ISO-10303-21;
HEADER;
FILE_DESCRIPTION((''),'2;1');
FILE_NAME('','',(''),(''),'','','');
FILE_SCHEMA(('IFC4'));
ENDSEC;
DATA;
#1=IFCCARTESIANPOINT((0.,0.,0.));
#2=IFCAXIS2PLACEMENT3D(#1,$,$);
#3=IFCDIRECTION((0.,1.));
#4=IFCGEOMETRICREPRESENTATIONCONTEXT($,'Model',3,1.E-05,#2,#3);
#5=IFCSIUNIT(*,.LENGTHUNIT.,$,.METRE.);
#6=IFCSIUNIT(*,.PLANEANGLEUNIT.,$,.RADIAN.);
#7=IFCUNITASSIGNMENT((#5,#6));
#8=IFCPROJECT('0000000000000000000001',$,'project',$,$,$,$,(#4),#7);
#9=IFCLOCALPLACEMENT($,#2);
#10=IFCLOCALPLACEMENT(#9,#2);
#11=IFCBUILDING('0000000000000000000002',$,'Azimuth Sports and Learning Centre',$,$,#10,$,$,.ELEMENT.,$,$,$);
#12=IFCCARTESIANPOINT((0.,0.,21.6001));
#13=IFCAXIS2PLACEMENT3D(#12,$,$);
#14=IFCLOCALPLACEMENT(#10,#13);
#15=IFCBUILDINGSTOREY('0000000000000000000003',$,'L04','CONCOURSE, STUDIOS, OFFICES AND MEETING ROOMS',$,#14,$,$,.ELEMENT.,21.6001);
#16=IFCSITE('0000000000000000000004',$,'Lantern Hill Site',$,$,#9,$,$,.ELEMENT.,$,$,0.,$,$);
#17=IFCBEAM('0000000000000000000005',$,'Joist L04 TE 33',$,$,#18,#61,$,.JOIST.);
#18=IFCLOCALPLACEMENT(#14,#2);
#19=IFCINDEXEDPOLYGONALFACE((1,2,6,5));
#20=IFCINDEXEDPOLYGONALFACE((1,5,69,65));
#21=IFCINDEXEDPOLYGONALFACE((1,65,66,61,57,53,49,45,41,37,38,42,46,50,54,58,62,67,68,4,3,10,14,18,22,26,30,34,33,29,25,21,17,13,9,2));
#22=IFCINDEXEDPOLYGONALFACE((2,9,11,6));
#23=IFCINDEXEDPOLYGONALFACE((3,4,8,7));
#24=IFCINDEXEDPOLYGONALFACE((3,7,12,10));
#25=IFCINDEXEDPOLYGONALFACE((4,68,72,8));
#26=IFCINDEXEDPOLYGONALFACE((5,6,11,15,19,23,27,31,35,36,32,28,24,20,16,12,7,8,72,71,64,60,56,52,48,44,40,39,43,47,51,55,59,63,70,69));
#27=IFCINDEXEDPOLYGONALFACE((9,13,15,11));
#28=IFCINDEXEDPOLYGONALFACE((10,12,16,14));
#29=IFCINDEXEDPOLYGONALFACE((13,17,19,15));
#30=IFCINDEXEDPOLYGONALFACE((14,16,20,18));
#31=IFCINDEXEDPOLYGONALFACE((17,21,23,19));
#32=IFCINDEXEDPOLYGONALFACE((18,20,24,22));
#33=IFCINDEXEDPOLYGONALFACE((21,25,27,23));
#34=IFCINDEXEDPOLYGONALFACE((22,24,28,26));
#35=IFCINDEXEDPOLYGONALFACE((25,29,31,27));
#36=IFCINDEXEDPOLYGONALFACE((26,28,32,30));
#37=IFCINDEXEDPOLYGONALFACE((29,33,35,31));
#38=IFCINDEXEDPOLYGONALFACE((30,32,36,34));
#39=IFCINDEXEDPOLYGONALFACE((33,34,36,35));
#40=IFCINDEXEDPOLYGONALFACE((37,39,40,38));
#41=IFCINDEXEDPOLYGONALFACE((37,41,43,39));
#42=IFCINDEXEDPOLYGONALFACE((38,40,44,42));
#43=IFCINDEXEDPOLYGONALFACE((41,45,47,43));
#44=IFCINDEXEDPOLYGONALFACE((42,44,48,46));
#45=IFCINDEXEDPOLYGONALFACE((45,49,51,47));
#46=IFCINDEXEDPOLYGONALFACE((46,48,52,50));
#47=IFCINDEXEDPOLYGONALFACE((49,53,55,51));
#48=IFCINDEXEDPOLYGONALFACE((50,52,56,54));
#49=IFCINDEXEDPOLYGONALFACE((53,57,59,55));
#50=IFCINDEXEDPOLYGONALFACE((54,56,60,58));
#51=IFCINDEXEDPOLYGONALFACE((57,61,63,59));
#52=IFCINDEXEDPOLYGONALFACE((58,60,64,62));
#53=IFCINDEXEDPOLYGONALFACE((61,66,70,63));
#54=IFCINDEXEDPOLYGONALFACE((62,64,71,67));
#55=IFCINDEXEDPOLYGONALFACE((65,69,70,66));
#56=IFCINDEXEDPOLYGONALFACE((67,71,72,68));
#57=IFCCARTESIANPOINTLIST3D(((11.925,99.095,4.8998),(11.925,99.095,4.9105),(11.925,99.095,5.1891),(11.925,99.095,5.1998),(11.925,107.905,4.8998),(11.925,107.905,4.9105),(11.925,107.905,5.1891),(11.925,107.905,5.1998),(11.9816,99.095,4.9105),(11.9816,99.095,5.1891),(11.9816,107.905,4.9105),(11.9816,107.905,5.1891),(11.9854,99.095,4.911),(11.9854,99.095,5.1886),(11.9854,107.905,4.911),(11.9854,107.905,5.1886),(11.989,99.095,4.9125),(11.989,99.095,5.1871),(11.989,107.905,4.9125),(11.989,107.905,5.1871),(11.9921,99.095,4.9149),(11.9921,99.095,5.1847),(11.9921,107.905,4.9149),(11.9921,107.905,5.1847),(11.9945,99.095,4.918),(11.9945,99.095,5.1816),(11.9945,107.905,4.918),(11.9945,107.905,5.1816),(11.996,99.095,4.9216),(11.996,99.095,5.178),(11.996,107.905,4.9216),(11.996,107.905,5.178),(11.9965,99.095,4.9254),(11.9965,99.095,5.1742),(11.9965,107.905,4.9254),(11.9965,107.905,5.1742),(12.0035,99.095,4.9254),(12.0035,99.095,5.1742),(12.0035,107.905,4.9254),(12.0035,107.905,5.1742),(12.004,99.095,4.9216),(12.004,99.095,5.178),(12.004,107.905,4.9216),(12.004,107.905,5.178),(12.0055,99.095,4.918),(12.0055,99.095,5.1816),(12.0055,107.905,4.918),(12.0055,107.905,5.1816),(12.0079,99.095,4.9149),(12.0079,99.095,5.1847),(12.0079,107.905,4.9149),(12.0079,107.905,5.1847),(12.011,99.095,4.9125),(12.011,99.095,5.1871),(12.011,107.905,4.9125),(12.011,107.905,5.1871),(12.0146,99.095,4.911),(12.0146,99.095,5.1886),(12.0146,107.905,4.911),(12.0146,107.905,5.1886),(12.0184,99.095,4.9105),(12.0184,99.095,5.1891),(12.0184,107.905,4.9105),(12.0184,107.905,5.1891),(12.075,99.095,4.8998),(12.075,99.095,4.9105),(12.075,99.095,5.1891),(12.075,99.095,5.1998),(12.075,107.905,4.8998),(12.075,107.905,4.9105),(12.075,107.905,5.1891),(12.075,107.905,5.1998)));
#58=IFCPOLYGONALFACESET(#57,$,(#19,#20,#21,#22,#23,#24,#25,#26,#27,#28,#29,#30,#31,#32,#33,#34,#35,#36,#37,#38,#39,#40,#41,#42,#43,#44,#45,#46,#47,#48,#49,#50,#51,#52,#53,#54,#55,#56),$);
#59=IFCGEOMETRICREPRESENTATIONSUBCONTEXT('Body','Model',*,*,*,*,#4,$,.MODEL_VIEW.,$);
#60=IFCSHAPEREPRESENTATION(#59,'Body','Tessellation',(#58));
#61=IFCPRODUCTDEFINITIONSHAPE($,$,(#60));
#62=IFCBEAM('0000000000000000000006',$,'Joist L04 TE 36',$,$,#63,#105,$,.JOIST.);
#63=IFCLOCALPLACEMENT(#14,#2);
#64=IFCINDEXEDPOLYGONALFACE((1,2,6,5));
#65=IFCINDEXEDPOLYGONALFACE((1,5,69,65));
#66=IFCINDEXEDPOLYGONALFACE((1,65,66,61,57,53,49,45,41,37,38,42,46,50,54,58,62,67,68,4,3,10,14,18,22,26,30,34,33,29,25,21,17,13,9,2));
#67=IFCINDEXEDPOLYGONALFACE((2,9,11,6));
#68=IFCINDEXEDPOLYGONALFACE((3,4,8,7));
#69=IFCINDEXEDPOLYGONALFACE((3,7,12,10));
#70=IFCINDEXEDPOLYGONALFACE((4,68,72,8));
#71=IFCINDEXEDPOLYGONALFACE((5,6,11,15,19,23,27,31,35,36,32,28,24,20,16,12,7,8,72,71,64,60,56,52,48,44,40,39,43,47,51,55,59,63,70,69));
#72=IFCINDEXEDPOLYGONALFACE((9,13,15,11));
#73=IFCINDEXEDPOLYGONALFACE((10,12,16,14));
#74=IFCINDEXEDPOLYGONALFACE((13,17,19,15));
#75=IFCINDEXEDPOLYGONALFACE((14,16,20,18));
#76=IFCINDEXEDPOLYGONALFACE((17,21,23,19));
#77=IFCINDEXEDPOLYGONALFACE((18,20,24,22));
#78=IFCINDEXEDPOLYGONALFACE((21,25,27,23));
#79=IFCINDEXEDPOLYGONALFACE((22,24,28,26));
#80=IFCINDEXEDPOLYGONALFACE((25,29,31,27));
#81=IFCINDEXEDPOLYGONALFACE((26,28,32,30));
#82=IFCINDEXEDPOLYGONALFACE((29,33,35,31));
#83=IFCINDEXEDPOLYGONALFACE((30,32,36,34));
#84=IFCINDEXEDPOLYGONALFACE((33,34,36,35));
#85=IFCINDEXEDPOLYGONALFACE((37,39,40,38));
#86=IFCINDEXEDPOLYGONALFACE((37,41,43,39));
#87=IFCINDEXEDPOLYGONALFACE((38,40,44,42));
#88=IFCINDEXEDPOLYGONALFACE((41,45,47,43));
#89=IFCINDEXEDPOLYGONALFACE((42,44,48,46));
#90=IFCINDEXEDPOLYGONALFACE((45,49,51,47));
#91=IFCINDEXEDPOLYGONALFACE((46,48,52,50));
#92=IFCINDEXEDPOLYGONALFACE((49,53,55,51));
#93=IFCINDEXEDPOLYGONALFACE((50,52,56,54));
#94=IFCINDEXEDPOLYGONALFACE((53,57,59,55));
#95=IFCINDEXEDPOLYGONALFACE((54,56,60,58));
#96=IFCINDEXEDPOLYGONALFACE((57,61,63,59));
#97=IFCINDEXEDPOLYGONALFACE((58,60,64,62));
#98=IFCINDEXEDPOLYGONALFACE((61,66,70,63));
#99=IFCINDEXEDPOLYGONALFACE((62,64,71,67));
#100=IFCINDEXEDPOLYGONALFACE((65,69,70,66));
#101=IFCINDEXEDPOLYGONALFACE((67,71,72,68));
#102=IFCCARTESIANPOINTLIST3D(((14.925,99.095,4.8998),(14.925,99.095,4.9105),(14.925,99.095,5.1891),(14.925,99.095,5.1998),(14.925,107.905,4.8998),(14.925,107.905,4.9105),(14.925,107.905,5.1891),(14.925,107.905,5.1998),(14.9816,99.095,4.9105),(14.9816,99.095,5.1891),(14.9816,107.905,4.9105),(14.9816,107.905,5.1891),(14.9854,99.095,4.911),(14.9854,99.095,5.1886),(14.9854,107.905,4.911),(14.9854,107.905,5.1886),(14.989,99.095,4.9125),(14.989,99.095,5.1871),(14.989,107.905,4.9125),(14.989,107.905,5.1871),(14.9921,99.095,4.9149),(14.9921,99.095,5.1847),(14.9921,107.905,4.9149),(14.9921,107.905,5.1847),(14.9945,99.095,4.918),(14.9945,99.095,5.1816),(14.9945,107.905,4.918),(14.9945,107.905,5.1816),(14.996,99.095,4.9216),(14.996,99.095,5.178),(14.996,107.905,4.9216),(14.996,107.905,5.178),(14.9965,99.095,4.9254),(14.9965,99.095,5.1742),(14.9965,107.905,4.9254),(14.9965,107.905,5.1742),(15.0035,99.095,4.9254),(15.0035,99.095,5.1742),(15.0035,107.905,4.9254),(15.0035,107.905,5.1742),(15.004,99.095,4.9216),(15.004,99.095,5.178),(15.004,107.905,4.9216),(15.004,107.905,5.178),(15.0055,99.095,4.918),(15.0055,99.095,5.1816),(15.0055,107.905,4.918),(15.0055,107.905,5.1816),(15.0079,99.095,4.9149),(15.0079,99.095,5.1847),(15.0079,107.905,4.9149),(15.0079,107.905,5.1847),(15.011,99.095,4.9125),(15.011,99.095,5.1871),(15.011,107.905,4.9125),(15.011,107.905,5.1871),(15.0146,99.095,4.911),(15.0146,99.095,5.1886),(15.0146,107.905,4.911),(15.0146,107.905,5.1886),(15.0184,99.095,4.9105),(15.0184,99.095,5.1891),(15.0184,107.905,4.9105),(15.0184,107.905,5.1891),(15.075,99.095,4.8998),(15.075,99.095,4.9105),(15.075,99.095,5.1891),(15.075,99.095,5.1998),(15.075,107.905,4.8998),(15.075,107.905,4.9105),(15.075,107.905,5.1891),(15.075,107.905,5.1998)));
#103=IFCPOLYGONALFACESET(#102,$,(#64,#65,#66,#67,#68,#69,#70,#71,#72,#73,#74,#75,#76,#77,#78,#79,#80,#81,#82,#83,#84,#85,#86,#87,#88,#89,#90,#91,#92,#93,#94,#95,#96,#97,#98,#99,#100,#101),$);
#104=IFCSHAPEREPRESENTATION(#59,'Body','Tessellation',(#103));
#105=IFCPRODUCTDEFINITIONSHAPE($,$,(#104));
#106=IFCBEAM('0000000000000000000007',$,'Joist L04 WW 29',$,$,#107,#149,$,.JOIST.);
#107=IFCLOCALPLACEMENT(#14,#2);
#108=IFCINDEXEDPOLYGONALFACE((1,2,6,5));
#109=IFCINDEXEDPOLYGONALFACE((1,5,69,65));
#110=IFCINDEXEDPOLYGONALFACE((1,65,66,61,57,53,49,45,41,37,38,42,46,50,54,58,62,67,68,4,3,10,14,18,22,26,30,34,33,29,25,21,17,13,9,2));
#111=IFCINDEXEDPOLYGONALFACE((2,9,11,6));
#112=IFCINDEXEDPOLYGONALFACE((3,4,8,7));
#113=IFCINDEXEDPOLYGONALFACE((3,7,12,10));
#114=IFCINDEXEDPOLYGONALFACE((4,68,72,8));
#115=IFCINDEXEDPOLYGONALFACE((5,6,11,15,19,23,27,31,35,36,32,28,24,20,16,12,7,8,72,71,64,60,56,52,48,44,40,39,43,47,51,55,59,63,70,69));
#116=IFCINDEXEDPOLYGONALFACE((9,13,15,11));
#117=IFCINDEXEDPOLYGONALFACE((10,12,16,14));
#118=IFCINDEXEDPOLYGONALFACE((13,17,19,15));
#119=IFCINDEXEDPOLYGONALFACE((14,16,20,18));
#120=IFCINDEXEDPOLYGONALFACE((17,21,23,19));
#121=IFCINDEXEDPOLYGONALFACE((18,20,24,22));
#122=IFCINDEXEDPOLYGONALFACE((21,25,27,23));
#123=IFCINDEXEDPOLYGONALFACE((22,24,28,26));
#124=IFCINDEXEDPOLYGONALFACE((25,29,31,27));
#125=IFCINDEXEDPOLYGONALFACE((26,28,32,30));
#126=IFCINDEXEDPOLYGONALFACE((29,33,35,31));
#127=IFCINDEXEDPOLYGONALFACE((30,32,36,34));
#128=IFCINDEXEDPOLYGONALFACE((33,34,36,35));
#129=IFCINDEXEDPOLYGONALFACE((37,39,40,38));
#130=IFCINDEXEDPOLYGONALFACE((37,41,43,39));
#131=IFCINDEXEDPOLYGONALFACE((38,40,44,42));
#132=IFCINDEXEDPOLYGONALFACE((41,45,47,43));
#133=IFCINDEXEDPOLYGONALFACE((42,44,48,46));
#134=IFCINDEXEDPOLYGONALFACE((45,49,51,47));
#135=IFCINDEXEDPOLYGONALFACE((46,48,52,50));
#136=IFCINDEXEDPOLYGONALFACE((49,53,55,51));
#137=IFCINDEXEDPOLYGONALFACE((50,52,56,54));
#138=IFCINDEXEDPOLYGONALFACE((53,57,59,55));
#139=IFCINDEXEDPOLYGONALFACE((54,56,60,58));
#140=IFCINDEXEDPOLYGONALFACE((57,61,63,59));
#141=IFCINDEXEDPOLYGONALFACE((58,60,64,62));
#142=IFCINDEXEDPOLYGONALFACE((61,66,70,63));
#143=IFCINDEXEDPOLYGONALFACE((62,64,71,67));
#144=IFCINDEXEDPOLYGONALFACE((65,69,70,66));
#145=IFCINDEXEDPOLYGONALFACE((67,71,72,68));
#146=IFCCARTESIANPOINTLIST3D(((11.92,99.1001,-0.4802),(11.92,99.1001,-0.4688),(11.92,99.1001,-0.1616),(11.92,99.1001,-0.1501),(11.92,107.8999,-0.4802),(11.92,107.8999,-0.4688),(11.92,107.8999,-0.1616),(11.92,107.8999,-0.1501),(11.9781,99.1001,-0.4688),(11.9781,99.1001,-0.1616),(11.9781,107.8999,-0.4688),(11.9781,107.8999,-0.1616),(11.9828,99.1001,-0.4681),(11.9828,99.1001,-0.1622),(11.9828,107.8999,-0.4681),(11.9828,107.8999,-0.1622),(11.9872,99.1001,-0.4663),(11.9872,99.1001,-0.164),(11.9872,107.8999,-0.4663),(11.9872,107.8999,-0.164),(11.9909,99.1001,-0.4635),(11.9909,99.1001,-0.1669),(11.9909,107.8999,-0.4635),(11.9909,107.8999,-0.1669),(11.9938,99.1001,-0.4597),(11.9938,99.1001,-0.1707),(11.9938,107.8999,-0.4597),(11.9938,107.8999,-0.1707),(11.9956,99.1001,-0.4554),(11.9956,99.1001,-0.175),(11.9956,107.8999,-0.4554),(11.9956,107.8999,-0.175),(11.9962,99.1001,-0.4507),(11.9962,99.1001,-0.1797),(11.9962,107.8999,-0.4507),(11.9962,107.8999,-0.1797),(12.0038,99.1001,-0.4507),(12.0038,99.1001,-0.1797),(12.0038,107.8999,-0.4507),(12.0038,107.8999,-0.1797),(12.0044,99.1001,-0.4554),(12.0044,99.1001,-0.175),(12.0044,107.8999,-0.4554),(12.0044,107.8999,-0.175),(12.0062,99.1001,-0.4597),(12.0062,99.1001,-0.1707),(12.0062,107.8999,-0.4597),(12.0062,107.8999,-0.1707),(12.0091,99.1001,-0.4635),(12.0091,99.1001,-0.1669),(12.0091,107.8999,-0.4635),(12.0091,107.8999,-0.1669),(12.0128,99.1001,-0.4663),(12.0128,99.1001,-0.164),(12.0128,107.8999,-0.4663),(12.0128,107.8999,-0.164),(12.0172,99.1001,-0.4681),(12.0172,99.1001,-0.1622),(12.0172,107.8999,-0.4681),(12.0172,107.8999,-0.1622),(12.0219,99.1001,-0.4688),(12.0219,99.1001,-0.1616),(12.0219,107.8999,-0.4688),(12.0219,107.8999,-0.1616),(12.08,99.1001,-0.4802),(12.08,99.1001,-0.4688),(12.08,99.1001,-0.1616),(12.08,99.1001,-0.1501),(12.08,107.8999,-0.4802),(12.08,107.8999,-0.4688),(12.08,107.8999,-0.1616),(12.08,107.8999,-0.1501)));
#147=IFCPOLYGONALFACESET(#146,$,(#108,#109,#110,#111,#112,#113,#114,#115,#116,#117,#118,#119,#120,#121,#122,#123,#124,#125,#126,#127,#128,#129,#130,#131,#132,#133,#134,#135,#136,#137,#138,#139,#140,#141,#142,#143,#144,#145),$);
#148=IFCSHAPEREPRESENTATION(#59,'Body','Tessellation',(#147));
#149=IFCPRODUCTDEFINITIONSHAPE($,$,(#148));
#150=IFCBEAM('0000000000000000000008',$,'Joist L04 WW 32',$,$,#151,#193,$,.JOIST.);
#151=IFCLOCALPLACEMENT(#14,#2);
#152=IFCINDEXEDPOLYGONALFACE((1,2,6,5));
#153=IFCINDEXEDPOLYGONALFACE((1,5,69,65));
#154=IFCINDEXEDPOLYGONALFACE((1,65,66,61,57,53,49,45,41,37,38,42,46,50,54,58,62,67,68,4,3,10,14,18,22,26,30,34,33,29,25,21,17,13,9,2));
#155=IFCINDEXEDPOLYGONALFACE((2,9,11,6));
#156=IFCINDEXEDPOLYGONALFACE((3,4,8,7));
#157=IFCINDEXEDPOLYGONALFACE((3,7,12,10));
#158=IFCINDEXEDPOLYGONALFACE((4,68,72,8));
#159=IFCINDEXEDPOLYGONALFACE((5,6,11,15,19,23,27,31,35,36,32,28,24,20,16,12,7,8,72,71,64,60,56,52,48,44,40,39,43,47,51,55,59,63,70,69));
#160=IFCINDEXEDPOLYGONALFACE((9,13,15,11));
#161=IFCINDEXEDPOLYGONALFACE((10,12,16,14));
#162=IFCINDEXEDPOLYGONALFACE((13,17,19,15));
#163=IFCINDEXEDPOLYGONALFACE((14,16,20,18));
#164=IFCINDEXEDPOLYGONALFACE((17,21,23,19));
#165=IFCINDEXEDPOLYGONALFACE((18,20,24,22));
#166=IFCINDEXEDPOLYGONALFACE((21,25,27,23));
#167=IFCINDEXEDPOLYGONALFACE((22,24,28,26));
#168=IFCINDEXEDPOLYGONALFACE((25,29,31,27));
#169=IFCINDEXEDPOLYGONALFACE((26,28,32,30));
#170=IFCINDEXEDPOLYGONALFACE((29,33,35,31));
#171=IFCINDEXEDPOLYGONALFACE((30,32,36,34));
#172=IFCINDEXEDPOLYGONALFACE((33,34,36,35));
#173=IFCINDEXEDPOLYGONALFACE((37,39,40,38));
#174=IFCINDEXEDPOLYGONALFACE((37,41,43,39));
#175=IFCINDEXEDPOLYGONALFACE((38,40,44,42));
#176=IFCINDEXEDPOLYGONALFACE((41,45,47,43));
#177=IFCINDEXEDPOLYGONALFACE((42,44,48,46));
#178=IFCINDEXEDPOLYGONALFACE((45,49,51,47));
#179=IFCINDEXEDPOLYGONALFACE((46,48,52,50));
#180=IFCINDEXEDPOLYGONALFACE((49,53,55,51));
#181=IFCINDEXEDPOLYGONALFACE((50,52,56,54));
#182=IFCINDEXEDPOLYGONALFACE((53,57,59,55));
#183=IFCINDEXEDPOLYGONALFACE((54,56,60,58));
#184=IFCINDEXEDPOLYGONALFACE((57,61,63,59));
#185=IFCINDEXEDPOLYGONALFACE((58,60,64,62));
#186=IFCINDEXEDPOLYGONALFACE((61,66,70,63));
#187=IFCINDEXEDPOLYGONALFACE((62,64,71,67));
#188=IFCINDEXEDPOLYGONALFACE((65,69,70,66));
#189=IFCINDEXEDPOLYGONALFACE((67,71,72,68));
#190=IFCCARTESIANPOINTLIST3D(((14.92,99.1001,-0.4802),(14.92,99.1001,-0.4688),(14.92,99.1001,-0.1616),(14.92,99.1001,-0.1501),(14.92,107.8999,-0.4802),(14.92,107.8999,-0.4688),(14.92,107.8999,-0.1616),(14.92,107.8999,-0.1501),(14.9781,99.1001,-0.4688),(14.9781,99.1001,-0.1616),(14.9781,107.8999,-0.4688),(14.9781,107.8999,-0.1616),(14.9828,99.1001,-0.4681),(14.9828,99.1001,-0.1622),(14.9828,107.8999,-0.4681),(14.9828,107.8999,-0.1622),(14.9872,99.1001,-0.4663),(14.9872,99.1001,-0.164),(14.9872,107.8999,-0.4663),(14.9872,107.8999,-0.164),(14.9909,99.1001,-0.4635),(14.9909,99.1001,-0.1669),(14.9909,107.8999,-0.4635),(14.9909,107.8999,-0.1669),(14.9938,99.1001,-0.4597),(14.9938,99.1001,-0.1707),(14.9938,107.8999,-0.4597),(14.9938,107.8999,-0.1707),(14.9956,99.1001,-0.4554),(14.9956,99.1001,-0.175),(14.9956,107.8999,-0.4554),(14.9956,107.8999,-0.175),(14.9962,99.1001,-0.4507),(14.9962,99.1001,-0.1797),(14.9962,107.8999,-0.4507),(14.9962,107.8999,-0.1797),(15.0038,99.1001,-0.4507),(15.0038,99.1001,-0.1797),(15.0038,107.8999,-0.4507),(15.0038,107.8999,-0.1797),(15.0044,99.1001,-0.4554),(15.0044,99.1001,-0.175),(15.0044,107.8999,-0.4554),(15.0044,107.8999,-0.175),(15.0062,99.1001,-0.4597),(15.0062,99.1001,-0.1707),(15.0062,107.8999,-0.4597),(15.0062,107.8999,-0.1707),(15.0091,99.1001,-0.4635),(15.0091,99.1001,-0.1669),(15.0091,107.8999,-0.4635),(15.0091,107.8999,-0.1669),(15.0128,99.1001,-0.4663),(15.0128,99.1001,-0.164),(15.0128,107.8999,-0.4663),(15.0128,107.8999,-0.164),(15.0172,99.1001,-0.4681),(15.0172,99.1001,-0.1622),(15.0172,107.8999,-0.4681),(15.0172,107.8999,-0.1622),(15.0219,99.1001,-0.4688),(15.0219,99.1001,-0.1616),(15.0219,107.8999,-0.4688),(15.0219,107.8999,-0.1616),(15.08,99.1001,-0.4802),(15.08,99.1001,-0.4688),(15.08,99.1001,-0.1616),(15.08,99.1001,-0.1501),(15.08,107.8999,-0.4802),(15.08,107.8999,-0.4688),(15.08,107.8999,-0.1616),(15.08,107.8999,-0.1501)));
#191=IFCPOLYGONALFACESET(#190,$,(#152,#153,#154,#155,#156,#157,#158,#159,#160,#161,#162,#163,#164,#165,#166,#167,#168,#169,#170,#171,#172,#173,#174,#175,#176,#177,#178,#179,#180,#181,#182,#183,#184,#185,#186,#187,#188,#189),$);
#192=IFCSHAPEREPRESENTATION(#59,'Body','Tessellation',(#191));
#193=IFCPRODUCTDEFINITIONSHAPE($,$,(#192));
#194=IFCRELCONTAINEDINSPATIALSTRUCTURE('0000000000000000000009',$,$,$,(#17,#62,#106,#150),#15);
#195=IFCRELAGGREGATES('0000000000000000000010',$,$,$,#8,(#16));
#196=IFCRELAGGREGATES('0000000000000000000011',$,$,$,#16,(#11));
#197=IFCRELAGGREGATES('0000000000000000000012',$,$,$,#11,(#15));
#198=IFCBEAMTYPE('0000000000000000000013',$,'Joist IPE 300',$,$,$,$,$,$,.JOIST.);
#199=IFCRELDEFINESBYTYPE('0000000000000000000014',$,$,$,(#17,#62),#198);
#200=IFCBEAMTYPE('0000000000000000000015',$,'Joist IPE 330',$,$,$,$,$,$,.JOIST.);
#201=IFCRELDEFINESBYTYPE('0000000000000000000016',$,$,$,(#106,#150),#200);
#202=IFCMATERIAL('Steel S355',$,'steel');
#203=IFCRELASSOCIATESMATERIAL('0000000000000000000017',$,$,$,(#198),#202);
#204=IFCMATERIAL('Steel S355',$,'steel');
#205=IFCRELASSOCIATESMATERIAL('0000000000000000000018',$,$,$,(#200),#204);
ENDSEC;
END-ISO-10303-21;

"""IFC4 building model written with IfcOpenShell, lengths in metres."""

from ifc_helpers import new_model, si_unit, direction, frame, origin, origin_2d, place, context, subcontext, project, spatial, i_section, extrude, material, material_profile, profile_set, type_object, element, save


model = new_model("IFC4")

# Units and contexts
model_context = context("Model", 3, precision=1e-05, world=origin(), true_north=direction((0.0, 1.0)))
body_context = subcontext(model_context, "Body", "Model", "MODEL_VIEW")
ifc_project = project(units=[si_unit("LENGTHUNIT", "METRE"), si_unit("PLANEANGLEUNIT", "RADIAN")], contexts=[model_context])

# Site, building, storey
site_placement = place(None, origin())
site = spatial("IfcSite", under=ifc_project, at=site_placement, Name="Lantern Hill Site", CompositionType="ELEMENT", RefElevation=0.0)
building_placement = place(site_placement, origin())
building = spatial("IfcBuilding", under=site, at=building_placement, Name="Azimuth Sports and Learning Centre", CompositionType="ELEMENT")
storey_placement = place(building_placement, frame((0.0, 0.0, 21.6001)))
storey = spatial("IfcBuildingStorey", under=building, at=storey_placement, Name="L04", Description="CONCOURSE, STUDIOS, OFFICES AND MEETING ROOMS", CompositionType="ELEMENT", Elevation=21.6001)

# Beams
ifc_material_1 = material(Name="Steel S355", Category="steel")
ifc_material_profile_1 = material_profile(ifc_material_1, i_section(OverallWidth=0.1499, OverallDepth=0.3, WebThickness=0.0071, FlangeThickness=0.0107, FilletRadius=0.0149, at=origin_2d()), Name="IPE 300")
ifc_profile_set_1 = profile_set([ifc_material_profile_1], Name="Steel S355")
beam_type_1 = type_object("IfcBeamType", Name="Joist IPE 300", PredefinedType="JOIST", material=ifc_profile_set_1)
for number, where, z_axis, x_axis, name in (
    (1, (12.0, 99.095, 5.0498), (0.0, 1.0, 0.0), (-1.0, 0.0, 0.0), "Joist L04 TE 33"),
    (2, (15.0, 99.095, 5.0498), (0.0, 1.0, 0.0), (-1.0, 0.0, 0.0), "Joist L04 TE 36"),
):
    element("IfcBeam", number, at=place(storey_placement, frame(where, z_axis=z_axis, x_axis=x_axis)), inside=storey, type_object=beam_type_1, Name=name, PredefinedType="JOIST", context=body_context, shape_type="SweptSolid", body=[
        extrude(i_section(OverallWidth=0.1499, OverallDepth=0.3, WebThickness=0.0071, FlangeThickness=0.0107, FilletRadius=0.0149, at=origin_2d()), origin(), (0.0, 0.0, 1.0), 8.8101),
    ])
ifc_material_2 = material(Name="Steel S355", Category="steel")
ifc_material_profile_2 = material_profile(ifc_material_2, i_section(OverallWidth=0.1599, OverallDepth=0.3301, WebThickness=0.0076, FlangeThickness=0.0115, FilletRadius=0.0181, at=origin_2d()), Name="IPE 330")
ifc_profile_set_2 = profile_set([ifc_material_profile_2], Name="Steel S355")
beam_type_2 = type_object("IfcBeamType", Name="Joist IPE 330", PredefinedType="JOIST", material=ifc_profile_set_2)
for number, where, z_axis, x_axis, name in (
    (3, (12.0, 99.1001, -0.3152), (0.0, 1.0, 0.0), (-1.0, 0.0, 0.0), "Joist L04 WW 29"),
    (4, (15.0, 99.1001, -0.3152), (0.0, 1.0, 0.0), (-1.0, 0.0, 0.0), "Joist L04 WW 32"),
):
    element("IfcBeam", number, at=place(storey_placement, frame(where, z_axis=z_axis, x_axis=x_axis)), inside=storey, type_object=beam_type_2, Name=name, PredefinedType="JOIST", context=body_context, shape_type="SweptSolid", body=[
        extrude(i_section(OverallWidth=0.1599, OverallDepth=0.3301, WebThickness=0.0076, FlangeThickness=0.0115, FilletRadius=0.0181, at=origin_2d()), origin(), (0.0, 0.0, 1.0), 8.7998),
    ])

save(model, "model.ifc")
